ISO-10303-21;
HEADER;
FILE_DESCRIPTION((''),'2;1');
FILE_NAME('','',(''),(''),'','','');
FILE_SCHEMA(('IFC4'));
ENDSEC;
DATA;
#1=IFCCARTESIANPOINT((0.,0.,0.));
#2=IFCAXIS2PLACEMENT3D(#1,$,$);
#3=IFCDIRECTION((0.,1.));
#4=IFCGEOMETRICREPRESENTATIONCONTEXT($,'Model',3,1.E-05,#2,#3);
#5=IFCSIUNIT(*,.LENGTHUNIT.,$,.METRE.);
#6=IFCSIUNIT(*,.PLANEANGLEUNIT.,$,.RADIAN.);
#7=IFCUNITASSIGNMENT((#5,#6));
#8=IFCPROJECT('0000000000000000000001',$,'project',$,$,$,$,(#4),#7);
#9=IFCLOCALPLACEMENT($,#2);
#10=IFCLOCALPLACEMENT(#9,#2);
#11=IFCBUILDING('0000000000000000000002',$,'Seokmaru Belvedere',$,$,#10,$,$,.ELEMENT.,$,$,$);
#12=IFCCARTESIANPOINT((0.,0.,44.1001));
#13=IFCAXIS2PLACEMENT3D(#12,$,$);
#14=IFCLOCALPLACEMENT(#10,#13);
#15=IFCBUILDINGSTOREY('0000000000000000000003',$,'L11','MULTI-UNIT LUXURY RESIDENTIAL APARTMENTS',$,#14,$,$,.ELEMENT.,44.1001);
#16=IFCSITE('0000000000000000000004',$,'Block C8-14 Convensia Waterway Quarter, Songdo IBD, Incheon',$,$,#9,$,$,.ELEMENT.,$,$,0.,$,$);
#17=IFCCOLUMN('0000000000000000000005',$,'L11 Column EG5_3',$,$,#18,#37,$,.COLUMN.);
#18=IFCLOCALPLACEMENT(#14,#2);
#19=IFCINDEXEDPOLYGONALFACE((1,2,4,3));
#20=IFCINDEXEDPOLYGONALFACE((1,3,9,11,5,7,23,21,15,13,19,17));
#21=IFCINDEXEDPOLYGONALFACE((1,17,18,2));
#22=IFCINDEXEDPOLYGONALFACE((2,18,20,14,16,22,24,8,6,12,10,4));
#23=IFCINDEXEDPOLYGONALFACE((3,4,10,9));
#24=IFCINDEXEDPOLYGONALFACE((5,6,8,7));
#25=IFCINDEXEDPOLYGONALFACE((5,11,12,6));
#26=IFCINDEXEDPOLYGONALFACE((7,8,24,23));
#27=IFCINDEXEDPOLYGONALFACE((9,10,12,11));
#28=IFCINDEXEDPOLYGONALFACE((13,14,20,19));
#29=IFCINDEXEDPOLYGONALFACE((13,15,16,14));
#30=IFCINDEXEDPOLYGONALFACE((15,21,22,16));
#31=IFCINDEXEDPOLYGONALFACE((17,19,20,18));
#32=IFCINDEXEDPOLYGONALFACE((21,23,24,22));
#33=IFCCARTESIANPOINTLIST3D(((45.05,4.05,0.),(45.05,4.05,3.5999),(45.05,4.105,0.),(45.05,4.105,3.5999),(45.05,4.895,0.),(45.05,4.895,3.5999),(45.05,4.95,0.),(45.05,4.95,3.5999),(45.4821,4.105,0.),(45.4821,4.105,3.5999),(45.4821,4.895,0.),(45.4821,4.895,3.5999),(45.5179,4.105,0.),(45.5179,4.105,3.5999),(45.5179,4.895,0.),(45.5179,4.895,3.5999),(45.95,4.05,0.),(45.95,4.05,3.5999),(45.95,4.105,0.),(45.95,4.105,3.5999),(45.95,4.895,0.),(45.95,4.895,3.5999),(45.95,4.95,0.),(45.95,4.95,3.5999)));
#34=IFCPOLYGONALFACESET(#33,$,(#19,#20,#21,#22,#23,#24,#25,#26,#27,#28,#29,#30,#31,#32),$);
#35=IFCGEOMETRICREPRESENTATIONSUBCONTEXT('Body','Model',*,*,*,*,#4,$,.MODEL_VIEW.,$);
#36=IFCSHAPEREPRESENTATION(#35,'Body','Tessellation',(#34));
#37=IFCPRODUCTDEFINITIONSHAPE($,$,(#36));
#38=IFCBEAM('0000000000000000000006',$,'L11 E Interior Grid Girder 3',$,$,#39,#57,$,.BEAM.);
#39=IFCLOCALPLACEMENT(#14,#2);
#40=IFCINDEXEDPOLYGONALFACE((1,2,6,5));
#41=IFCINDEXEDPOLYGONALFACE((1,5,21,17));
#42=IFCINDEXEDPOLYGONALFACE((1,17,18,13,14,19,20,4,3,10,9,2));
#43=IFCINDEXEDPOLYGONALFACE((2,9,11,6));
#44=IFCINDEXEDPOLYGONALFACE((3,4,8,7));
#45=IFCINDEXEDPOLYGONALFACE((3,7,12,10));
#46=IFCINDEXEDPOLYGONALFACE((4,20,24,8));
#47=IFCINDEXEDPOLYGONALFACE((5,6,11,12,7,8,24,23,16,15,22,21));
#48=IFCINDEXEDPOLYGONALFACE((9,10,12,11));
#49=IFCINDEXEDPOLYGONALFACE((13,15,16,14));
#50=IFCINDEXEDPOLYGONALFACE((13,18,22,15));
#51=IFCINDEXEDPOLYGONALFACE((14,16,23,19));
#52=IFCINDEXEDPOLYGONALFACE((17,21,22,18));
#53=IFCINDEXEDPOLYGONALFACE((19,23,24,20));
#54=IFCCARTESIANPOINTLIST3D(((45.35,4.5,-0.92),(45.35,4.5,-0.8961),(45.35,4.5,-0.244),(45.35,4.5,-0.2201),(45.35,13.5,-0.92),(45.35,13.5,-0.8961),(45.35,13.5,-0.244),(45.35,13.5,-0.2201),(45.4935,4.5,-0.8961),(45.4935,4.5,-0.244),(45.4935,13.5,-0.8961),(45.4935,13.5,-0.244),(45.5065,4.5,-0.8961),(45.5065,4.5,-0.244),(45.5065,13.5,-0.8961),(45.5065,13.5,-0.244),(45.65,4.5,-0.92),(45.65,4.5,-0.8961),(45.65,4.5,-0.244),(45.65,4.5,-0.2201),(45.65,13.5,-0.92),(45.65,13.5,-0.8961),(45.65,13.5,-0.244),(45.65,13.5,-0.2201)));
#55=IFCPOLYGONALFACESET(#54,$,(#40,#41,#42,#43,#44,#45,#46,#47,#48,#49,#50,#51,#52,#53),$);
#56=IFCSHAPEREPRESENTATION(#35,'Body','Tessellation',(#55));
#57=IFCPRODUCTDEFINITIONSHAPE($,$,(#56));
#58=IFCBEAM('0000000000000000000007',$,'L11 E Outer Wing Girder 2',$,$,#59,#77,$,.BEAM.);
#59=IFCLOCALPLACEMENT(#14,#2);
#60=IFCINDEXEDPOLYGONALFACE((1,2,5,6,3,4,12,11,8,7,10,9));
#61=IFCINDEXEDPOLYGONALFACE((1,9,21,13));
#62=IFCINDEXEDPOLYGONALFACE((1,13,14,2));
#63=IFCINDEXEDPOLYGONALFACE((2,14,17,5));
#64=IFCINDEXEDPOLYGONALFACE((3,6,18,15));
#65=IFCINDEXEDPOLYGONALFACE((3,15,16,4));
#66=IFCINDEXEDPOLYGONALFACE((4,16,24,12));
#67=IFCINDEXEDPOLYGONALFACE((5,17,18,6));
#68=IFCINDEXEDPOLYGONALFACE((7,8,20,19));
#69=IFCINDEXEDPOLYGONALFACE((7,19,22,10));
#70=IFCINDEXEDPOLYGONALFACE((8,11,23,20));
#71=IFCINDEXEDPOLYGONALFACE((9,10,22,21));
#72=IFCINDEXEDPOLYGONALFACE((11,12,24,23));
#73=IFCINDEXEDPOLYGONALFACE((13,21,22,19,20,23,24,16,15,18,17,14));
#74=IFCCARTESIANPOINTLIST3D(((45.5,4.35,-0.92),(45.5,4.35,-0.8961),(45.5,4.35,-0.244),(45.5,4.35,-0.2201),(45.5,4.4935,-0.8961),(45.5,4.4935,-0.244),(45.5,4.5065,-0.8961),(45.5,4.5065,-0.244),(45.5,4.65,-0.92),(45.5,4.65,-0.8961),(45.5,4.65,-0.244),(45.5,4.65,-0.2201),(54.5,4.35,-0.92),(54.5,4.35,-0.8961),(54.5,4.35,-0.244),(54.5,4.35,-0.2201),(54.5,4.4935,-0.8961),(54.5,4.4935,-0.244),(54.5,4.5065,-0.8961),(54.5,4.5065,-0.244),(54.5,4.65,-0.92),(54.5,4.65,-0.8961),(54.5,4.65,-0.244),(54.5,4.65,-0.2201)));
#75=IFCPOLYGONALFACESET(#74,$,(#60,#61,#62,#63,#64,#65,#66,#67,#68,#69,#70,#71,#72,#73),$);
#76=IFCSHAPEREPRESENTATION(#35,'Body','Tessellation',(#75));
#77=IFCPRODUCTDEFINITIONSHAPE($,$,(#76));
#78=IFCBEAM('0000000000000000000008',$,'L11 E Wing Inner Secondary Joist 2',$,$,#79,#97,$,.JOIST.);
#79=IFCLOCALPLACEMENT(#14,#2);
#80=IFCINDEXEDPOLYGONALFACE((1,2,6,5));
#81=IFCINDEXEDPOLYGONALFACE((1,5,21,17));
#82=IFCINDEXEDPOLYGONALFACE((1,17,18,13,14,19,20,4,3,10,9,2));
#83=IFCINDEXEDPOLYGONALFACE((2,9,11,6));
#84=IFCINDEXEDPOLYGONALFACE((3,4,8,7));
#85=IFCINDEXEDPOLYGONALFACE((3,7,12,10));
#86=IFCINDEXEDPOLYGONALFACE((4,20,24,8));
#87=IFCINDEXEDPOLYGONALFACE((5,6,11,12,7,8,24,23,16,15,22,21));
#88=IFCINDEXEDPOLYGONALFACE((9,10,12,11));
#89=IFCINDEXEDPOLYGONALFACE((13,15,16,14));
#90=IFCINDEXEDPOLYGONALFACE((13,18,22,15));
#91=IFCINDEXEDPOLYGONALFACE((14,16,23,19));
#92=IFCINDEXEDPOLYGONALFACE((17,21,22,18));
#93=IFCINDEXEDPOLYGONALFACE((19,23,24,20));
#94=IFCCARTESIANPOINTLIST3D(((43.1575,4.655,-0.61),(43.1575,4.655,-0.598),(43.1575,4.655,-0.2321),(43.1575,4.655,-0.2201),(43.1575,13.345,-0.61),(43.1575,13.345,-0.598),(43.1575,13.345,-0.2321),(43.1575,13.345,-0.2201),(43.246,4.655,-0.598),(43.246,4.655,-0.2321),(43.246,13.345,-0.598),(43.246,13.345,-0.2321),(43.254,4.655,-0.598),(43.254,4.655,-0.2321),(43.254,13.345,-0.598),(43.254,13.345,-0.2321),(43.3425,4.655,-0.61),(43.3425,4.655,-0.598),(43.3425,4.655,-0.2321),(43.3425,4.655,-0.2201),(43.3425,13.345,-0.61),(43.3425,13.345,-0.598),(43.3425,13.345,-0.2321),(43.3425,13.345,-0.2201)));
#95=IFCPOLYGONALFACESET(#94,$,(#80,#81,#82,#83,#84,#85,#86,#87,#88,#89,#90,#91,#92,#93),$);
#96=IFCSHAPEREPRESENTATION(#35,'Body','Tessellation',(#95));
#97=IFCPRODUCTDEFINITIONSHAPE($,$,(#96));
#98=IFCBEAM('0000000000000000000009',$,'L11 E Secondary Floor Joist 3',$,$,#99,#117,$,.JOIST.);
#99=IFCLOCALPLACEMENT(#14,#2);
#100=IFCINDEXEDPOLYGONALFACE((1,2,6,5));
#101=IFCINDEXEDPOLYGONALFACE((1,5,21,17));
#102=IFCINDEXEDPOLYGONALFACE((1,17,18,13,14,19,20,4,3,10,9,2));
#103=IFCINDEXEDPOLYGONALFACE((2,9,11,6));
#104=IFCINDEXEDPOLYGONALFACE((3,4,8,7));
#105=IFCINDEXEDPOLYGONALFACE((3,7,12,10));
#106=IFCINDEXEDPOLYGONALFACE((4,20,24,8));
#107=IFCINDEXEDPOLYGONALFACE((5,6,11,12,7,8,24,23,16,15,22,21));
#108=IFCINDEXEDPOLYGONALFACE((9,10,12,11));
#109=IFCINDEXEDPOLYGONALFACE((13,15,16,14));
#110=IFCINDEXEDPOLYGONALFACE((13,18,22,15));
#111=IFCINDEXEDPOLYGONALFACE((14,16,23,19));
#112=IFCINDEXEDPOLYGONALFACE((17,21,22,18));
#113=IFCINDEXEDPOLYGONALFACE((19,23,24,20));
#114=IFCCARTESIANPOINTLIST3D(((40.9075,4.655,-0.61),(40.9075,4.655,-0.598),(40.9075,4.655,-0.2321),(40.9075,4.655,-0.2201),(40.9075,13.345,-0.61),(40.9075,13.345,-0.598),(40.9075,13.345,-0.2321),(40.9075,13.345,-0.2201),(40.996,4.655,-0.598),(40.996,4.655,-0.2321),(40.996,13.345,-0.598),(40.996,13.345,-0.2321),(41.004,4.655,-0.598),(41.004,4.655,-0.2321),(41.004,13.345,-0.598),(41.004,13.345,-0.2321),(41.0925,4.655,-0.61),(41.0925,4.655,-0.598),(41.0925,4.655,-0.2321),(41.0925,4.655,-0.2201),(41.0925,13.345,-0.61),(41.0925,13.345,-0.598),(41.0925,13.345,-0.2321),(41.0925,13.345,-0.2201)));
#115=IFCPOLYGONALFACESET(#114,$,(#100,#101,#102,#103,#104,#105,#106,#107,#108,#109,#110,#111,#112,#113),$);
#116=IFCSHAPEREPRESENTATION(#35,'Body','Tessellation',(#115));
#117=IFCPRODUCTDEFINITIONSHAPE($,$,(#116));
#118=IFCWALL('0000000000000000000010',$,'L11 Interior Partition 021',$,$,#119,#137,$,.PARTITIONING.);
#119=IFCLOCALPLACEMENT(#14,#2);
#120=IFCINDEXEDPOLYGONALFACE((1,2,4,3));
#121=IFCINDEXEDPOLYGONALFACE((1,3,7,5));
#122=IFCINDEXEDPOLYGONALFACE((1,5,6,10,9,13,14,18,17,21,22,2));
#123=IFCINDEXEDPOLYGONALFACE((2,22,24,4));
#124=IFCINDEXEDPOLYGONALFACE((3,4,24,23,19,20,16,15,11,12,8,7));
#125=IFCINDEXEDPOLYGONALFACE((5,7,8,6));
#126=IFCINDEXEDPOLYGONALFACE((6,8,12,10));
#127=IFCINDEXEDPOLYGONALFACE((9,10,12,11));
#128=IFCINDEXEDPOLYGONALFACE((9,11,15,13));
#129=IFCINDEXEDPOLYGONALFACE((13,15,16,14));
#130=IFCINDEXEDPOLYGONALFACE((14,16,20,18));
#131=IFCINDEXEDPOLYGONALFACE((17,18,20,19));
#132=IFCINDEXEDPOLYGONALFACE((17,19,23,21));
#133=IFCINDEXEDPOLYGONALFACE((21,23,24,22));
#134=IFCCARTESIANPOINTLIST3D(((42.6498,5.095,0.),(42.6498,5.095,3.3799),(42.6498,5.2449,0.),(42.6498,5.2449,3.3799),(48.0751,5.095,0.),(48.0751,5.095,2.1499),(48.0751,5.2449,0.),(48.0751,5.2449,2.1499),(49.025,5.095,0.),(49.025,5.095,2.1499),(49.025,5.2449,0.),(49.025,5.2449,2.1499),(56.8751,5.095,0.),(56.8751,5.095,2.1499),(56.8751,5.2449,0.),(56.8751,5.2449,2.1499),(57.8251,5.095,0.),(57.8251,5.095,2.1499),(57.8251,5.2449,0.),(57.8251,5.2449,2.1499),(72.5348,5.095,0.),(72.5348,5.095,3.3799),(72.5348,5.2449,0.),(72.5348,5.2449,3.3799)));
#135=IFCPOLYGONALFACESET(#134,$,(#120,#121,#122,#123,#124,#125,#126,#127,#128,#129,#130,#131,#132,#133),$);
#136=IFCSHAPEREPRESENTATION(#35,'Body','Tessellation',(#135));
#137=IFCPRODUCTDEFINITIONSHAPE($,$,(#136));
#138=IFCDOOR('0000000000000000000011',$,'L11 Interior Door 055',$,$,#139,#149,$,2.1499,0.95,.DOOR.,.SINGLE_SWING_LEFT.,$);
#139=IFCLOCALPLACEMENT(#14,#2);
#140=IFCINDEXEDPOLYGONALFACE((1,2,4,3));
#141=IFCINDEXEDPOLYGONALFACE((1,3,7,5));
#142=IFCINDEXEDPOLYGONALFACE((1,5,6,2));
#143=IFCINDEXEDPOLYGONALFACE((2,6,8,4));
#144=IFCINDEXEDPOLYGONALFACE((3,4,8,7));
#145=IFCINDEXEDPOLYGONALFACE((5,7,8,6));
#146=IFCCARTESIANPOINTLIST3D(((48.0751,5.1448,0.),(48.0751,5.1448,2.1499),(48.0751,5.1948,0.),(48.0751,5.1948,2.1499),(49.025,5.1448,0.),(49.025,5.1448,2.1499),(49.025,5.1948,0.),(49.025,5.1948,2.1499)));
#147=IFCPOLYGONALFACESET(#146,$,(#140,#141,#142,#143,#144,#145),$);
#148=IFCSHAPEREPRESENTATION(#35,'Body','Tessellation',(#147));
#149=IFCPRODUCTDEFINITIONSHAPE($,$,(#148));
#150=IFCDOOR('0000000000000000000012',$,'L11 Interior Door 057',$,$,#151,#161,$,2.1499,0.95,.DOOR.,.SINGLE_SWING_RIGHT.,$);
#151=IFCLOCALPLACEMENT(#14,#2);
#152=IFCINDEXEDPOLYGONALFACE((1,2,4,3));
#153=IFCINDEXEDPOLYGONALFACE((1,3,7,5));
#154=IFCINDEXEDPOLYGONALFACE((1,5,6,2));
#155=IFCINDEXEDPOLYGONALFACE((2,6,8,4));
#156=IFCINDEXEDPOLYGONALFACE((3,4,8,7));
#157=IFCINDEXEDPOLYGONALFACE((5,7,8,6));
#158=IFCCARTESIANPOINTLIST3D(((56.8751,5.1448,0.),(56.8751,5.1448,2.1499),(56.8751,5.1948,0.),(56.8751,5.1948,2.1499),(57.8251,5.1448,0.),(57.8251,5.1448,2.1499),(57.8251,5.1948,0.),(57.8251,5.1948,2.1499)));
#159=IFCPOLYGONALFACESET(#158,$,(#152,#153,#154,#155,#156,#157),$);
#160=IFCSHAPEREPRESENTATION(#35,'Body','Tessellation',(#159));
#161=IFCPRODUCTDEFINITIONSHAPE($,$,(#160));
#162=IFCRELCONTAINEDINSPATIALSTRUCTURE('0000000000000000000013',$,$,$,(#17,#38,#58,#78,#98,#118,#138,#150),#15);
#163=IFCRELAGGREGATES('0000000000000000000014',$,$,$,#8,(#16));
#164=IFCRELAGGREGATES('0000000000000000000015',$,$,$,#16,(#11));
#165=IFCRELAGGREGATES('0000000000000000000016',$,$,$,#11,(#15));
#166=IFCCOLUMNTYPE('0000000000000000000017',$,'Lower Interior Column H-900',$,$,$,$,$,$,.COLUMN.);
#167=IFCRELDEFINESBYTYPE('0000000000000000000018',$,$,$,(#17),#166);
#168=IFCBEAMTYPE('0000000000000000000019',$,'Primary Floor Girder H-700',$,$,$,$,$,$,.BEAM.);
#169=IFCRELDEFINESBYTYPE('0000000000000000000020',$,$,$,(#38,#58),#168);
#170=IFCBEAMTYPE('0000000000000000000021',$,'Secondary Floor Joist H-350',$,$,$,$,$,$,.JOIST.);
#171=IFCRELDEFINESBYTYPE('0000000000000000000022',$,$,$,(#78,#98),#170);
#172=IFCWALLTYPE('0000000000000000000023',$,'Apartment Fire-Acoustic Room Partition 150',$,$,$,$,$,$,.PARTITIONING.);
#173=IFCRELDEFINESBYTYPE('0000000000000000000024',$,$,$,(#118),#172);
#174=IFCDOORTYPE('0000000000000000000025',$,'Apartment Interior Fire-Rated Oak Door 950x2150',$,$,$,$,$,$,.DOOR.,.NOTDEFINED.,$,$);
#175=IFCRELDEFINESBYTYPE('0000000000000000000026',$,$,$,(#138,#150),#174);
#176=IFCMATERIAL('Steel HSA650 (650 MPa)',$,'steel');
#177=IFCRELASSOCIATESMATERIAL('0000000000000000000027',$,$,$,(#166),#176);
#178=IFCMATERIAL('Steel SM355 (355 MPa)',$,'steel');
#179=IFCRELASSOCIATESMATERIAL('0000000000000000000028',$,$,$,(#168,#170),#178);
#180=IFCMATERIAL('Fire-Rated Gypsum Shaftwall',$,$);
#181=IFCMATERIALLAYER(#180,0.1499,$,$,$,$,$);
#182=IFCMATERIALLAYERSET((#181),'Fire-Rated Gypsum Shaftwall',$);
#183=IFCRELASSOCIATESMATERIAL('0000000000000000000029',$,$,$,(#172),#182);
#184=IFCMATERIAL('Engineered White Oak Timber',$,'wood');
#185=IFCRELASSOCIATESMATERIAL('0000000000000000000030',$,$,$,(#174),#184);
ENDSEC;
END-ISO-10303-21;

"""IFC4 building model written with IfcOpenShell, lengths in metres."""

from ifc_helpers import new_model, si_unit, direction, frame, frame_2d, origin, origin_2d, place, context, subcontext, project, spatial, rectangle, i_section, extrude, source, transform, mapped, material, layer, layer_set, material_profile, profile_set, type_object, type_shapes, element, fill, save


model = new_model("IFC4")

# Units and contexts
model_context = context("Model", 3, precision=1e-05, world=origin(), true_north=direction((0.0, 1.0)))
body_context = subcontext(model_context, "Body", "Model", "MODEL_VIEW")
ifc_project = project(units=[si_unit("LENGTHUNIT", "METRE"), si_unit("PLANEANGLEUNIT", "RADIAN")], contexts=[model_context])

# Site, building, storey
site_placement = place(None, origin())
site = spatial("IfcSite", under=ifc_project, at=site_placement, Name="Block C8-14 Convensia Waterway Quarter, Songdo IBD, Incheon", CompositionType="ELEMENT", RefElevation=0.0)
building_placement = place(site_placement, origin())
building = spatial("IfcBuilding", under=site, at=building_placement, Name="Seokmaru Belvedere", CompositionType="ELEMENT")
storey_placement = place(building_placement, frame((0.0, 0.0, 44.1001)))
storey = spatial("IfcBuildingStorey", under=building, at=storey_placement, Name="L11", Description="MULTI-UNIT LUXURY RESIDENTIAL APARTMENTS", CompositionType="ELEMENT", Elevation=44.1001)

# Column
ifc_material_1 = material(Name="Steel HSA650 (650 MPa)", Category="steel")
ifc_material_profile_1 = material_profile(ifc_material_1, i_section(OverallWidth=0.8999, OverallDepth=0.8999, WebThickness=0.0359, FlangeThickness=0.0549, at=origin_2d()), Name="H-900x900x36x55")
ifc_profile_set_1 = profile_set([ifc_material_profile_1], Name="Steel HSA650 (650 MPa)")
column_type = type_object("IfcColumnType", Name="Lower Interior Column H-900", PredefinedType="COLUMN", material=ifc_profile_set_1)
shared_shape_1 = source(origin(), body_context, "Body", "SweptSolid", [
    extrude(i_section(OverallWidth=0.8999, OverallDepth=0.8999, WebThickness=0.0359, FlangeThickness=0.0549, at=origin_2d()), origin(), (0.0, 0.0, 1.0), 3.5999),
])
type_shapes(column_type, [shared_shape_1])
column_placement = place(storey_placement, frame((45.5, 4.5, 0.0), z_axis=(0.0, 0.0, 1.0), x_axis=(1.0, 0.0, 0.0)))
element("IfcColumn", 1, at=column_placement, inside=storey, type_object=column_type, Name="L11 Column EG5_3", PredefinedType="COLUMN", context=body_context, shape_type="MappedRepresentation", body=[
    mapped(shared_shape_1, transform((0.0, 0.0, 0.0), scale=1.0)),
])

# Beams
ifc_material_2 = material(Name="Steel SM355 (355 MPa)", Category="steel")
ifc_material_profile_2 = material_profile(ifc_material_2, i_section(OverallWidth=0.3, OverallDepth=0.7, WebThickness=0.0129, FlangeThickness=0.0239, at=origin_2d()), Name="H-700x300x13x24")
ifc_profile_set_2 = profile_set([ifc_material_profile_2], Name="Steel SM355 (355 MPa)")
beam_type_1 = type_object("IfcBeamType", Name="Primary Floor Girder H-700", PredefinedType="BEAM", material=ifc_profile_set_2)
shared_shape_2 = source(origin(), body_context, "Body", "SweptSolid", [
    extrude(i_section(OverallWidth=0.3, OverallDepth=0.7, WebThickness=0.0129, FlangeThickness=0.0239, at=origin_2d()), origin(), (0.0, 0.0, 1.0), 9.0),
])
type_shapes(beam_type_1, [shared_shape_2])
for number, where, z_axis, x_axis, name in (
    (2, (45.5, 4.5, -0.5701), (0.0, 1.0, 0.0), (-1.0, 0.0, 0.0), "L11 E Interior Grid Girder 3"),
    (3, (45.5, 4.5, -0.5701), (1.0, 0.0, 0.0), (0.0, 1.0, 0.0), "L11 E Outer Wing Girder 2"),
):
    element("IfcBeam", number, at=place(storey_placement, frame(where, z_axis=z_axis, x_axis=x_axis)), inside=storey, type_object=beam_type_1, Name=name, PredefinedType="BEAM", context=body_context, shape_type="MappedRepresentation", body=[
        mapped(shared_shape_2, transform((0.0, 0.0, 0.0), scale=1.0)),
    ])
ifc_material_profile_3 = material_profile(ifc_material_2, i_section(OverallWidth=0.1851, OverallDepth=0.3899, WebThickness=0.0081, FlangeThickness=0.012, at=origin_2d()), Name="H-390x185x8x12")
ifc_profile_set_3 = profile_set([ifc_material_profile_3], Name="Steel SM355 (355 MPa)")
beam_type_2 = type_object("IfcBeamType", Name="Secondary Floor Joist H-350", PredefinedType="JOIST", material=ifc_profile_set_3)
shared_shape_3 = source(origin(), body_context, "Body", "SweptSolid", [
    extrude(i_section(OverallWidth=0.1851, OverallDepth=0.3899, WebThickness=0.0081, FlangeThickness=0.012, at=origin_2d()), origin(), (0.0, 0.0, 1.0), 8.6899),
])
type_shapes(beam_type_2, [shared_shape_3])
for number, where, z_axis, x_axis, name in (
    (4, (43.25, 4.655, -0.415), (0.0, 1.0, 0.0), (-1.0, 0.0, 0.0), "L11 E Wing Inner Secondary Joist 2"),
    (5, (41.0, 4.655, -0.415), (0.0, 1.0, 0.0), (-1.0, 0.0, 0.0), "L11 E Secondary Floor Joist 3"),
):
    element("IfcBeam", number, at=place(storey_placement, frame(where, z_axis=z_axis, x_axis=x_axis)), inside=storey, type_object=beam_type_2, Name=name, PredefinedType="JOIST", context=body_context, shape_type="MappedRepresentation", body=[
        mapped(shared_shape_3, transform((0.0, 0.0, 0.0), scale=1.0)),
    ])

# Wall, openings, doors
ifc_material_3 = material(Name="Fire-Rated Gypsum Shaftwall")
ifc_layer_1 = layer(ifc_material_3, 0.1499)
ifc_layer_set_1 = layer_set([ifc_layer_1], Name="Fire-Rated Gypsum Shaftwall")
wall_type_1 = type_object("IfcWallType", Name="Apartment Fire-Acoustic Room Partition 150", PredefinedType="PARTITIONING", material=ifc_layer_set_1)
wall_1_placement = place(storey_placement, frame((42.6499, 5.1699, 0.0), z_axis=(0.0, 0.0, 1.0), x_axis=(1.0, 0.0, 0.0)))
wall_1 = element("IfcWall", 6, at=wall_1_placement, inside=storey, type_object=wall_type_1, Name="L11 Interior Partition 021", PredefinedType="PARTITIONING", context=body_context, shape_type="SweptSolid", body=[
    extrude(rectangle(XDim=29.885, YDim=0.1499, at=frame_2d((14.9424, 0.0))), origin(), (0.0, 0.0, 1.0), 3.3799),
])
opening_1_placement = place(wall_1_placement, frame((5.425, 0.0, 0.0)))
opening_1 = element("IfcOpeningElement", 7, at=opening_1_placement, cuts=wall_1, PredefinedType="OPENING", context=body_context, shape_type="SweptSolid", body=[
    extrude(rectangle(XDim=0.95, YDim=2.1499, at=frame_2d((0.4751, 1.075))), frame((0.0, 0.085, 0.0), z_axis=(0.0, -1.0, 0.0), x_axis=(1.0, 0.0, 0.0)), (0.0, 0.0, 1.0), 0.1699),
])
opening_2_placement = place(wall_1_placement, frame((14.2251, 0.0, 0.0)))
opening_2 = element("IfcOpeningElement", 8, at=opening_2_placement, cuts=wall_1, PredefinedType="OPENING", context=body_context, shape_type="SweptSolid", body=[
    extrude(rectangle(XDim=0.95, YDim=2.1499, at=frame_2d((0.4751, 1.075))), frame((0.0, 0.085, 0.0), z_axis=(0.0, -1.0, 0.0), x_axis=(1.0, 0.0, 0.0)), (0.0, 0.0, 1.0), 0.1699),
])
ifc_material_4 = material(Name="Engineered White Oak Timber", Category="wood")
door_type_1 = type_object("IfcDoorType", Name="Apartment Interior Fire-Rated Oak Door 950x2150", OperationType="NOTDEFINED", PredefinedType="DOOR", material=ifc_material_4)
shared_shape_4 = source(origin(), body_context, "Body", "SweptSolid", [
    extrude(rectangle(XDim=0.95, YDim=2.1499, at=frame_2d((0.4751, 1.075))), frame((0.0, 0.0249, 0.0), z_axis=(0.0, -1.0, 0.0), x_axis=(1.0, 0.0, 0.0)), (0.0, 0.0, 1.0), 0.05),
])
type_shapes(door_type_1, [shared_shape_4])
door_1_placement = place(opening_1_placement, origin())
door_1 = element("IfcDoor", 9, at=door_1_placement, inside=storey, type_object=door_type_1, Name="L11 Interior Door 055", OperationType="SINGLE_SWING_LEFT", OverallHeight=2.1499, OverallWidth=0.95, PredefinedType="DOOR", context=body_context, shape_type="MappedRepresentation", body=[
    mapped(shared_shape_4, transform((0.0, 0.0, 0.0), scale=1.0)),
])
fill(opening_1, door_1)
door_2_placement = place(opening_2_placement, origin())
door_2 = element("IfcDoor", 10, at=door_2_placement, inside=storey, type_object=door_type_1, Name="L11 Interior Door 057", OperationType="SINGLE_SWING_RIGHT", OverallHeight=2.1499, OverallWidth=0.95, PredefinedType="DOOR", context=body_context, shape_type="MappedRepresentation", body=[
    mapped(shared_shape_4, transform((0.0, 0.0, 0.0), scale=1.0)),
])
fill(opening_2, door_2)

save(model, "model.ifc")
